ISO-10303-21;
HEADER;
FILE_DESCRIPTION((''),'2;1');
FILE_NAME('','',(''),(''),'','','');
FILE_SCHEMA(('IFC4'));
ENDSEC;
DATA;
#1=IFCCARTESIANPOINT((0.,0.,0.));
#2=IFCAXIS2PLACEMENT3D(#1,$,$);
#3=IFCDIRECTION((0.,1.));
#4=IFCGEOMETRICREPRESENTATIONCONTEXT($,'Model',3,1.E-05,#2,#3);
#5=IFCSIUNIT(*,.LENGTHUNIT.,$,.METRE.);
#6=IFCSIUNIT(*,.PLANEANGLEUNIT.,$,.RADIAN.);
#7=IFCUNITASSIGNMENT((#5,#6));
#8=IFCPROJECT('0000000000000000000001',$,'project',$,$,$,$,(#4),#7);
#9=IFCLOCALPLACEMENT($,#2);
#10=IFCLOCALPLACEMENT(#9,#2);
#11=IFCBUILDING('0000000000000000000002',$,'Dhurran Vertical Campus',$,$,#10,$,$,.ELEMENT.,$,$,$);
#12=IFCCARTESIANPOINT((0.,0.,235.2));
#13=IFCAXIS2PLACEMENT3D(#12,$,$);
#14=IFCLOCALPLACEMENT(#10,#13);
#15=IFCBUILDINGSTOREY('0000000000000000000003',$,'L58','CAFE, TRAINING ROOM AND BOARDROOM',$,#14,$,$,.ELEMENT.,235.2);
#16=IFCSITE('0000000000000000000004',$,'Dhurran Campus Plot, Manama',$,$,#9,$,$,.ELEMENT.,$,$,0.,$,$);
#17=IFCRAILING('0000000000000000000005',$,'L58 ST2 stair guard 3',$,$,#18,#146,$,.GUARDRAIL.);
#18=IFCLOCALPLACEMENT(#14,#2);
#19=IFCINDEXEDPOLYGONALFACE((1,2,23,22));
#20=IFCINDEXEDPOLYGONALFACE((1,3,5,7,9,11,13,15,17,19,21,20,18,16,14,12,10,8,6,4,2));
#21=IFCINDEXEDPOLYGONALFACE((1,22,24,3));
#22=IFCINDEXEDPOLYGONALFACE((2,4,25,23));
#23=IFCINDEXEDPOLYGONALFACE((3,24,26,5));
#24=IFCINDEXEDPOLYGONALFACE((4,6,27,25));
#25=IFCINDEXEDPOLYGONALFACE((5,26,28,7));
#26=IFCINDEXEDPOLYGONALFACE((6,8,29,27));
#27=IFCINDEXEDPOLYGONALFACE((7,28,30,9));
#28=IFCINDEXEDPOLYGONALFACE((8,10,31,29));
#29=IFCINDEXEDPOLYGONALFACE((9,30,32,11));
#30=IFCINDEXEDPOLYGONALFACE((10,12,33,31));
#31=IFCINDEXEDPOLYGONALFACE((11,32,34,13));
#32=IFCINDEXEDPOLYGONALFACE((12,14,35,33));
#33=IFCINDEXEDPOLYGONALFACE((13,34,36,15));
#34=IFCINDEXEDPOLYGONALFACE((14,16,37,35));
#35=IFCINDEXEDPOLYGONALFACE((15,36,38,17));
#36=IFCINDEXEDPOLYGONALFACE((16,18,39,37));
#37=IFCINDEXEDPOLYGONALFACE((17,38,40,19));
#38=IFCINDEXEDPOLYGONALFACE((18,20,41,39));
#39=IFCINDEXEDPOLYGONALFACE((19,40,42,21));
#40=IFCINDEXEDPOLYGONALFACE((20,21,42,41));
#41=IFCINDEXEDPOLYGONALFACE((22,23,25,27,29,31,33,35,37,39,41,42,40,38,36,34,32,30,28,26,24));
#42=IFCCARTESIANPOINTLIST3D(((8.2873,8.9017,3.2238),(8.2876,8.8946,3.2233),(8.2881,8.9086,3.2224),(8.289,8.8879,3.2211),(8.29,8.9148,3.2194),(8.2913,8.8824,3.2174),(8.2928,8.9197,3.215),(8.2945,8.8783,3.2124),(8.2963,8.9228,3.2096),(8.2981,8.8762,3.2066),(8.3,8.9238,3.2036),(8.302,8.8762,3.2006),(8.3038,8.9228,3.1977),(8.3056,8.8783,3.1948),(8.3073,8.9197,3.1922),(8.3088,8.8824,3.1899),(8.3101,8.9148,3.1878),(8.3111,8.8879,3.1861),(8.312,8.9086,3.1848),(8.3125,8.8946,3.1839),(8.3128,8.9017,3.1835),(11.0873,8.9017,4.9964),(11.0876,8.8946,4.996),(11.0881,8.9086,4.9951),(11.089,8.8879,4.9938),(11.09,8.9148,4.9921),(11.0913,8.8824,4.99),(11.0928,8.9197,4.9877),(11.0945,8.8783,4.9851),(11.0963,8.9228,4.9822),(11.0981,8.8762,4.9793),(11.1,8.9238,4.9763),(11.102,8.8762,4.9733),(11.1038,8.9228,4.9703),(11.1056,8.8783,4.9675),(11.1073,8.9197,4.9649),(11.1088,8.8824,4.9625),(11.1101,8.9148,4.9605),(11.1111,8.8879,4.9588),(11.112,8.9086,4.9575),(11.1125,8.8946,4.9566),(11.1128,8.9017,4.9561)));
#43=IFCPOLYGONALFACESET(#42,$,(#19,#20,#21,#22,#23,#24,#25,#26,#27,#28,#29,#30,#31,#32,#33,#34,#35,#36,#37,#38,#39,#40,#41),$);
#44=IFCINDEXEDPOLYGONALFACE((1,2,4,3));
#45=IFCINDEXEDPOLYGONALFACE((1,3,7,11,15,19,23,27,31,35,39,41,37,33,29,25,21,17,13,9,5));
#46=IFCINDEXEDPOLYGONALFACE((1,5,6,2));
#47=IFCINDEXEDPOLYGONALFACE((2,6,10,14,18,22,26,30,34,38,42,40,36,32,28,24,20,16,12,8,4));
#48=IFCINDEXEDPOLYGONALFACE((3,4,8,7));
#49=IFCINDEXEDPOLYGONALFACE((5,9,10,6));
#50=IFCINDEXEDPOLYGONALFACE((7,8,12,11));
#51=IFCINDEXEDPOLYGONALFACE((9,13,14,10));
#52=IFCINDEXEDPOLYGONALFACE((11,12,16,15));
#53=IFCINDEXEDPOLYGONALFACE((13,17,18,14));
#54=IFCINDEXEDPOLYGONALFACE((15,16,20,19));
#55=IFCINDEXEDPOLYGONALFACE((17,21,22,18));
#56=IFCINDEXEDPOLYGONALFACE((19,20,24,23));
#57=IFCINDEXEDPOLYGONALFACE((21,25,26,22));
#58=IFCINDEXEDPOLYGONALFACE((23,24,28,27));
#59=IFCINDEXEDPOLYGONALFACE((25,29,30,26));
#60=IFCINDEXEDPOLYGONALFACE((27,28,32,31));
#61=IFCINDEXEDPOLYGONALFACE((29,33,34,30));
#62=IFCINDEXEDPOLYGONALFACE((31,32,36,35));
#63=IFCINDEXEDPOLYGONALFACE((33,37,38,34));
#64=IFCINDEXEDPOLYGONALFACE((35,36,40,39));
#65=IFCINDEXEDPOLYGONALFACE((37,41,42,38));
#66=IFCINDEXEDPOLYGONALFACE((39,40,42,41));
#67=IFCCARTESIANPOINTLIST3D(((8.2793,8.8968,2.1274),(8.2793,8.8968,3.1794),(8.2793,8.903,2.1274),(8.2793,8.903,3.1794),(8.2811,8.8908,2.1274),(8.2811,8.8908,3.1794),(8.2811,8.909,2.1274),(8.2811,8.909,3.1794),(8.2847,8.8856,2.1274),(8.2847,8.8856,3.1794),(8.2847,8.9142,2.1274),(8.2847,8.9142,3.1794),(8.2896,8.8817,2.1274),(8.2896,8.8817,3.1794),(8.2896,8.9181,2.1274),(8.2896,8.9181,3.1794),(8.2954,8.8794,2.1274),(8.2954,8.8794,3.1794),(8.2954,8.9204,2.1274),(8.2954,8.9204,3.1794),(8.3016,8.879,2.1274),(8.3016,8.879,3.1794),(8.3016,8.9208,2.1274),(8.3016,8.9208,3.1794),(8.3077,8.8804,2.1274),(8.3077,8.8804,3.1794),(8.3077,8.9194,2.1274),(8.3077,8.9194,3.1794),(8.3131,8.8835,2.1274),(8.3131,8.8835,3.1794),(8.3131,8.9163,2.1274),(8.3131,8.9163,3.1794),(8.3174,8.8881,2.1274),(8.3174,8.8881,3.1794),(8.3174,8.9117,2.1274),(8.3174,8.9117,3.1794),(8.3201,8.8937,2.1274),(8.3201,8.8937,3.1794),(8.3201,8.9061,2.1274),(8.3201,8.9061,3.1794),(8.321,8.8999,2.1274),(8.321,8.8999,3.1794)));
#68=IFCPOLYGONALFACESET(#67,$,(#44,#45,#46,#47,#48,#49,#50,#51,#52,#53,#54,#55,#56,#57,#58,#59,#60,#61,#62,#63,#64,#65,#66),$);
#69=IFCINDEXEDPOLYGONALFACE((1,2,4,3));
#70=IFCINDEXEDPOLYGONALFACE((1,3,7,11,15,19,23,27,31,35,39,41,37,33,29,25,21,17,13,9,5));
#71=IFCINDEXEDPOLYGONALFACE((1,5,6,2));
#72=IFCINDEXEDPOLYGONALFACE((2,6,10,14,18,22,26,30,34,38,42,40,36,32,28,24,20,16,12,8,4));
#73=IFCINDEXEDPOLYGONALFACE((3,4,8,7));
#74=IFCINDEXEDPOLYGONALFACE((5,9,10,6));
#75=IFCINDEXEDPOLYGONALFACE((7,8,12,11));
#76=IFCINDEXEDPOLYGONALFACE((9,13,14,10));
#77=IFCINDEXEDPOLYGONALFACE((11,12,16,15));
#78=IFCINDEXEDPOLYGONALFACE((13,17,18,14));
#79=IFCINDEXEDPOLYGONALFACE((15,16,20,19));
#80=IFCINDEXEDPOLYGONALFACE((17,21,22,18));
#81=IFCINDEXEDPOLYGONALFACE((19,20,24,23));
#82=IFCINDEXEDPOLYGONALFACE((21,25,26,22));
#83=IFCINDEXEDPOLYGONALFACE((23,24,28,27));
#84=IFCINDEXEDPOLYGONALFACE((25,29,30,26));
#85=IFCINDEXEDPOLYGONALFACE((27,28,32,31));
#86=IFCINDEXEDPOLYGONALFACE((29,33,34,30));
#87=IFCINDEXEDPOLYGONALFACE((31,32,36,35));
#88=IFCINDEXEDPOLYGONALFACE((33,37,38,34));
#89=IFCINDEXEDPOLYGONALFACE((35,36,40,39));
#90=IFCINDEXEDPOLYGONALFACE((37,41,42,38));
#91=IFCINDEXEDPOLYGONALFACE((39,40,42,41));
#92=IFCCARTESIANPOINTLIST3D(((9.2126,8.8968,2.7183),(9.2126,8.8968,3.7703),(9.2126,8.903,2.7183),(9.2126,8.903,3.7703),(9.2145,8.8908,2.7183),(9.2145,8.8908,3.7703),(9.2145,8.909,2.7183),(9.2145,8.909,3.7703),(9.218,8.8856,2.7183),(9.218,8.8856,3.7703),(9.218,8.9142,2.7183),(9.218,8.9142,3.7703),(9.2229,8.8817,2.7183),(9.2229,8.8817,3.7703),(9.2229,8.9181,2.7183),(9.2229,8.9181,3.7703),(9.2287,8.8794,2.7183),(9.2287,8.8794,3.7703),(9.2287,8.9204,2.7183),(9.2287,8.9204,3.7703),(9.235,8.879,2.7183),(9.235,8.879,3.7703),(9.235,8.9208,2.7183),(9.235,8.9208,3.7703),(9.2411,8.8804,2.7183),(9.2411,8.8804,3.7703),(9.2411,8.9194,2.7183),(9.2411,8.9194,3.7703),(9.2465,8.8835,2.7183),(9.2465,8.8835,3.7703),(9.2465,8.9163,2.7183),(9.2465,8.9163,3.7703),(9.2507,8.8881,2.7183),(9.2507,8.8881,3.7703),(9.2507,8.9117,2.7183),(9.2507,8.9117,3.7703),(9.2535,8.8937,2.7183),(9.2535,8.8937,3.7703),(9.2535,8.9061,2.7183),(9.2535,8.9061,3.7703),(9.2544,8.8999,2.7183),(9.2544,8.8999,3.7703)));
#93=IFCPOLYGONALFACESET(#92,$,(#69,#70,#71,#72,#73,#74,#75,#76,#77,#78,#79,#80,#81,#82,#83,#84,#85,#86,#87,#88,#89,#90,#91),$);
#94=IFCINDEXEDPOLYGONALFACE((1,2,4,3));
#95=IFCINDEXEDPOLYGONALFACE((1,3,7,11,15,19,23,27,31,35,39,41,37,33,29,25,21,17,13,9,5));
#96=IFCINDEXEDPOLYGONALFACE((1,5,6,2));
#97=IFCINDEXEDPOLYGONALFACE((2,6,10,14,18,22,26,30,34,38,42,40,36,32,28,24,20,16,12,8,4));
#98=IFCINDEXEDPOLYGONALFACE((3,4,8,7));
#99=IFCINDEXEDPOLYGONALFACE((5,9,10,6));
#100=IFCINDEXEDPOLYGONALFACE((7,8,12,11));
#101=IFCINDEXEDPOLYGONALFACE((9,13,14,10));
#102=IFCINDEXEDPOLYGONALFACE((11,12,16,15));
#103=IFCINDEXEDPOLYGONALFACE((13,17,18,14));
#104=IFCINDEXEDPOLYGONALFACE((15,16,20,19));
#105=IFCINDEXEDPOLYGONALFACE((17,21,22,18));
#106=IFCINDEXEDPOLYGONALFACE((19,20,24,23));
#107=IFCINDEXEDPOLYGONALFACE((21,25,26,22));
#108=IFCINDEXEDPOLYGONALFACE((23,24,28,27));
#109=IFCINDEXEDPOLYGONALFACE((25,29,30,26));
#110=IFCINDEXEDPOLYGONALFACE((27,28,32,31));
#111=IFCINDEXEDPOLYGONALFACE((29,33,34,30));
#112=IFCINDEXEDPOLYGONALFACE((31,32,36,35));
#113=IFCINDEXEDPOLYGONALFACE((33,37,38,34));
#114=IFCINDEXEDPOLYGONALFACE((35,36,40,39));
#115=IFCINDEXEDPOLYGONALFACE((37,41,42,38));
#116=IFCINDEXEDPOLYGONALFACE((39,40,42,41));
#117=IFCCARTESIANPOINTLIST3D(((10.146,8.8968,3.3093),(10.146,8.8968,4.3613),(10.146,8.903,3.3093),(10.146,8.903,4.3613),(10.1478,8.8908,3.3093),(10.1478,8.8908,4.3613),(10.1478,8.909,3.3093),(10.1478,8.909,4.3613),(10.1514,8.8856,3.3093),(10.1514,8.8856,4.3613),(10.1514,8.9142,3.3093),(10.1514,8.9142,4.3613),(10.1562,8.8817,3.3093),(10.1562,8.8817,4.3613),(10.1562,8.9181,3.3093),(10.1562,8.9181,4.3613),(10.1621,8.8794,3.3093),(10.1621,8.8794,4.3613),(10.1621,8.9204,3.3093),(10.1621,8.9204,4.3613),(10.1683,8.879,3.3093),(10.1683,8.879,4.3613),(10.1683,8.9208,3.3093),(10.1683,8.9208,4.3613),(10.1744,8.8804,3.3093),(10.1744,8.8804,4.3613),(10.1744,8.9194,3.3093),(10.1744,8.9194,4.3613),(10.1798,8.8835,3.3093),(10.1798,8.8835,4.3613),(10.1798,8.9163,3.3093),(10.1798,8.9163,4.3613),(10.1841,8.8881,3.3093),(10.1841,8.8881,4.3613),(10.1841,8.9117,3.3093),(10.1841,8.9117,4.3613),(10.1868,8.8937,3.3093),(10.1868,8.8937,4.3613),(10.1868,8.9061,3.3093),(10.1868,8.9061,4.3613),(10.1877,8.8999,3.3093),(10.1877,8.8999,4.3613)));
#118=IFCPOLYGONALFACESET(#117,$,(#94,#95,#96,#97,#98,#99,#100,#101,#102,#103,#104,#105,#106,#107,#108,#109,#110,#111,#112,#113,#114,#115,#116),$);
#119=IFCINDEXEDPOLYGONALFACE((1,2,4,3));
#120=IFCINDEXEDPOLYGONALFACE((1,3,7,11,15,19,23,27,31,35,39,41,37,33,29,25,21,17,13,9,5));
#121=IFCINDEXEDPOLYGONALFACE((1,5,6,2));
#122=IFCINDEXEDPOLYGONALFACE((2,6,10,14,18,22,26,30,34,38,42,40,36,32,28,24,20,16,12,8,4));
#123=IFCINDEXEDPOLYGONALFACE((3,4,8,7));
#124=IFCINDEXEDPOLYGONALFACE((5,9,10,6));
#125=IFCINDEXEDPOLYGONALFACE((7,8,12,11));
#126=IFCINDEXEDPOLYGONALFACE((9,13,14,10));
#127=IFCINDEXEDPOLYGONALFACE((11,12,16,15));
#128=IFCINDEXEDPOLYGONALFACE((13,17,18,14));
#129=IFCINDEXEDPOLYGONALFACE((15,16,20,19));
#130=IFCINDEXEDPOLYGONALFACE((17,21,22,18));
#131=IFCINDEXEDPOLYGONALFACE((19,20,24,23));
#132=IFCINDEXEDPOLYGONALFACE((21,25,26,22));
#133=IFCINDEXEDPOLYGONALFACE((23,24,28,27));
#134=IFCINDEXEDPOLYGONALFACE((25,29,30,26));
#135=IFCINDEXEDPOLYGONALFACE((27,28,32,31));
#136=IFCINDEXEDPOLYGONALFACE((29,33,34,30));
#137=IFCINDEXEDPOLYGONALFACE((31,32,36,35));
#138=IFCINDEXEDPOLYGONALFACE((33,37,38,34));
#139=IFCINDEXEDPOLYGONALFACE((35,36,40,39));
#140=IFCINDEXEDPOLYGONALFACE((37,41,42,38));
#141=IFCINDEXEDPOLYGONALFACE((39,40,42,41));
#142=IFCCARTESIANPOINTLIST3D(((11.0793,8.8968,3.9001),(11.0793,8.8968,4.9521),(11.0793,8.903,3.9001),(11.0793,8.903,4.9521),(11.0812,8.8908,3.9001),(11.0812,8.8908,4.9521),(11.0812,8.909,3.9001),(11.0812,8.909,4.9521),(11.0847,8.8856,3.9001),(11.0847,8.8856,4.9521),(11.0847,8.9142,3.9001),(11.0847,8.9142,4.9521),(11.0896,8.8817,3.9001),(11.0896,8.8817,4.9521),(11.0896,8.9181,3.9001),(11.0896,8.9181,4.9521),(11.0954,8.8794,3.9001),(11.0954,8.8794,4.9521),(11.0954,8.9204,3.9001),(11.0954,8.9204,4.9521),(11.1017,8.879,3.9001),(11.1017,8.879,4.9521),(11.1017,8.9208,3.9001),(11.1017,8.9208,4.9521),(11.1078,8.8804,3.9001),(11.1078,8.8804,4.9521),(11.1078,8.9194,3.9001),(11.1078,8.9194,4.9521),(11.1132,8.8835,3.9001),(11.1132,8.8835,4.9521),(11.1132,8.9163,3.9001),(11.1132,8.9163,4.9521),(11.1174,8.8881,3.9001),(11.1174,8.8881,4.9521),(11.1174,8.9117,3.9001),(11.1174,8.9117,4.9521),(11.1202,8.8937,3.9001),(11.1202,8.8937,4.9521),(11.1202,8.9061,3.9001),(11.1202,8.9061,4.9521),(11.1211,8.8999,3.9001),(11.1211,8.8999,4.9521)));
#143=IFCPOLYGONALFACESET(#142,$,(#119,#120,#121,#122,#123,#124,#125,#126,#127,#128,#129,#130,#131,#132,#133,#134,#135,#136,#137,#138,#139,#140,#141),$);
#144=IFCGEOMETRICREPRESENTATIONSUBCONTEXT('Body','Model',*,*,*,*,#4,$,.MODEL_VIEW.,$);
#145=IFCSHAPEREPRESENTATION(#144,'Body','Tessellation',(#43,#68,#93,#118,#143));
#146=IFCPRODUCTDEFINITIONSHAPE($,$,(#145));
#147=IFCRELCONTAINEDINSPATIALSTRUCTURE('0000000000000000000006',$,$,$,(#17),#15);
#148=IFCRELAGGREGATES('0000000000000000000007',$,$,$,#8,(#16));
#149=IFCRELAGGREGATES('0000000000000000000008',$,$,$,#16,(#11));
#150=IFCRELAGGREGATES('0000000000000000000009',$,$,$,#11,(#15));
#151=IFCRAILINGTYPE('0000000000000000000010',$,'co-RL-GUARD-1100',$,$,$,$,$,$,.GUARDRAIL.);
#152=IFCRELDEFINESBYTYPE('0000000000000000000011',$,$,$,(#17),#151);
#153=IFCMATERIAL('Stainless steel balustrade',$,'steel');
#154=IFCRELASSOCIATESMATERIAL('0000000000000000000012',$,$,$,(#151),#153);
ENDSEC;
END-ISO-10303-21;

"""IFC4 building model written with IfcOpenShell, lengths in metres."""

from ifc_helpers import new_model, si_unit, direction, frame, origin, origin_2d, place, context, subcontext, project, spatial, circle, extrude, material, type_object, element, save


model = new_model("IFC4")

# Units and contexts
model_context = context("Model", 3, precision=1e-05, world=origin(), true_north=direction((0.0, 1.0)))
body_context = subcontext(model_context, "Body", "Model", "MODEL_VIEW")
ifc_project = project(units=[si_unit("LENGTHUNIT", "METRE"), si_unit("PLANEANGLEUNIT", "RADIAN")], contexts=[model_context])

# Site, building, storey
site_placement = place(None, origin())
site = spatial("IfcSite", under=ifc_project, at=site_placement, Name="Dhurran Campus Plot, Manama", CompositionType="ELEMENT", RefElevation=0.0)
building_placement = place(site_placement, origin())
building = spatial("IfcBuilding", under=site, at=building_placement, Name="Dhurran Vertical Campus", CompositionType="ELEMENT")
storey_placement = place(building_placement, frame((0.0, 0.0, 235.2)))
storey = spatial("IfcBuildingStorey", under=building, at=storey_placement, Name="L58", Description="CAFE, TRAINING ROOM AND BOARDROOM", CompositionType="ELEMENT", Elevation=235.2)

# Railing
ifc_material_1 = material(Name="Stainless steel balustrade", Category="steel")
railing_type_1 = type_object("IfcRailingType", Name="co-RL-GUARD-1100", PredefinedType="GUARDRAIL", material=ifc_material_1)
railing_1_placement = place(storey_placement, frame((8.3, 8.8999, 2.1274)))
element("IfcRailing", 1, at=railing_1_placement, inside=storey, type_object=railing_type_1, Name="L58 ST2 stair guard 3", PredefinedType="GUARDRAIL", context=body_context, shape_type="SweptSolid", body=[
    extrude(circle(Radius=0.0239, at=origin_2d()), frame((0.0, 0.0, 1.0762), z_axis=(0.844909, 0.0, 0.53491), x_axis=(0.0, 1.0, 0.0)), (0.0, 0.0, 1.0), 3.314),
    extrude(circle(Radius=0.021, at=origin_2d()), origin(), (0.0, 0.0, 1.0), 1.052),
    extrude(circle(Radius=0.021, at=origin_2d()), frame((0.9333, 0.0, 0.5908)), (0.0, 0.0, 1.0), 1.052),
    extrude(circle(Radius=0.021, at=origin_2d()), frame((1.8667, 0.0, 1.1819)), (0.0, 0.0, 1.0), 1.052),
    extrude(circle(Radius=0.021, at=origin_2d()), frame((2.8, 0.0, 1.7727)), (0.0, 0.0, 1.0), 1.052),
])

save(model, "model.ifc")
